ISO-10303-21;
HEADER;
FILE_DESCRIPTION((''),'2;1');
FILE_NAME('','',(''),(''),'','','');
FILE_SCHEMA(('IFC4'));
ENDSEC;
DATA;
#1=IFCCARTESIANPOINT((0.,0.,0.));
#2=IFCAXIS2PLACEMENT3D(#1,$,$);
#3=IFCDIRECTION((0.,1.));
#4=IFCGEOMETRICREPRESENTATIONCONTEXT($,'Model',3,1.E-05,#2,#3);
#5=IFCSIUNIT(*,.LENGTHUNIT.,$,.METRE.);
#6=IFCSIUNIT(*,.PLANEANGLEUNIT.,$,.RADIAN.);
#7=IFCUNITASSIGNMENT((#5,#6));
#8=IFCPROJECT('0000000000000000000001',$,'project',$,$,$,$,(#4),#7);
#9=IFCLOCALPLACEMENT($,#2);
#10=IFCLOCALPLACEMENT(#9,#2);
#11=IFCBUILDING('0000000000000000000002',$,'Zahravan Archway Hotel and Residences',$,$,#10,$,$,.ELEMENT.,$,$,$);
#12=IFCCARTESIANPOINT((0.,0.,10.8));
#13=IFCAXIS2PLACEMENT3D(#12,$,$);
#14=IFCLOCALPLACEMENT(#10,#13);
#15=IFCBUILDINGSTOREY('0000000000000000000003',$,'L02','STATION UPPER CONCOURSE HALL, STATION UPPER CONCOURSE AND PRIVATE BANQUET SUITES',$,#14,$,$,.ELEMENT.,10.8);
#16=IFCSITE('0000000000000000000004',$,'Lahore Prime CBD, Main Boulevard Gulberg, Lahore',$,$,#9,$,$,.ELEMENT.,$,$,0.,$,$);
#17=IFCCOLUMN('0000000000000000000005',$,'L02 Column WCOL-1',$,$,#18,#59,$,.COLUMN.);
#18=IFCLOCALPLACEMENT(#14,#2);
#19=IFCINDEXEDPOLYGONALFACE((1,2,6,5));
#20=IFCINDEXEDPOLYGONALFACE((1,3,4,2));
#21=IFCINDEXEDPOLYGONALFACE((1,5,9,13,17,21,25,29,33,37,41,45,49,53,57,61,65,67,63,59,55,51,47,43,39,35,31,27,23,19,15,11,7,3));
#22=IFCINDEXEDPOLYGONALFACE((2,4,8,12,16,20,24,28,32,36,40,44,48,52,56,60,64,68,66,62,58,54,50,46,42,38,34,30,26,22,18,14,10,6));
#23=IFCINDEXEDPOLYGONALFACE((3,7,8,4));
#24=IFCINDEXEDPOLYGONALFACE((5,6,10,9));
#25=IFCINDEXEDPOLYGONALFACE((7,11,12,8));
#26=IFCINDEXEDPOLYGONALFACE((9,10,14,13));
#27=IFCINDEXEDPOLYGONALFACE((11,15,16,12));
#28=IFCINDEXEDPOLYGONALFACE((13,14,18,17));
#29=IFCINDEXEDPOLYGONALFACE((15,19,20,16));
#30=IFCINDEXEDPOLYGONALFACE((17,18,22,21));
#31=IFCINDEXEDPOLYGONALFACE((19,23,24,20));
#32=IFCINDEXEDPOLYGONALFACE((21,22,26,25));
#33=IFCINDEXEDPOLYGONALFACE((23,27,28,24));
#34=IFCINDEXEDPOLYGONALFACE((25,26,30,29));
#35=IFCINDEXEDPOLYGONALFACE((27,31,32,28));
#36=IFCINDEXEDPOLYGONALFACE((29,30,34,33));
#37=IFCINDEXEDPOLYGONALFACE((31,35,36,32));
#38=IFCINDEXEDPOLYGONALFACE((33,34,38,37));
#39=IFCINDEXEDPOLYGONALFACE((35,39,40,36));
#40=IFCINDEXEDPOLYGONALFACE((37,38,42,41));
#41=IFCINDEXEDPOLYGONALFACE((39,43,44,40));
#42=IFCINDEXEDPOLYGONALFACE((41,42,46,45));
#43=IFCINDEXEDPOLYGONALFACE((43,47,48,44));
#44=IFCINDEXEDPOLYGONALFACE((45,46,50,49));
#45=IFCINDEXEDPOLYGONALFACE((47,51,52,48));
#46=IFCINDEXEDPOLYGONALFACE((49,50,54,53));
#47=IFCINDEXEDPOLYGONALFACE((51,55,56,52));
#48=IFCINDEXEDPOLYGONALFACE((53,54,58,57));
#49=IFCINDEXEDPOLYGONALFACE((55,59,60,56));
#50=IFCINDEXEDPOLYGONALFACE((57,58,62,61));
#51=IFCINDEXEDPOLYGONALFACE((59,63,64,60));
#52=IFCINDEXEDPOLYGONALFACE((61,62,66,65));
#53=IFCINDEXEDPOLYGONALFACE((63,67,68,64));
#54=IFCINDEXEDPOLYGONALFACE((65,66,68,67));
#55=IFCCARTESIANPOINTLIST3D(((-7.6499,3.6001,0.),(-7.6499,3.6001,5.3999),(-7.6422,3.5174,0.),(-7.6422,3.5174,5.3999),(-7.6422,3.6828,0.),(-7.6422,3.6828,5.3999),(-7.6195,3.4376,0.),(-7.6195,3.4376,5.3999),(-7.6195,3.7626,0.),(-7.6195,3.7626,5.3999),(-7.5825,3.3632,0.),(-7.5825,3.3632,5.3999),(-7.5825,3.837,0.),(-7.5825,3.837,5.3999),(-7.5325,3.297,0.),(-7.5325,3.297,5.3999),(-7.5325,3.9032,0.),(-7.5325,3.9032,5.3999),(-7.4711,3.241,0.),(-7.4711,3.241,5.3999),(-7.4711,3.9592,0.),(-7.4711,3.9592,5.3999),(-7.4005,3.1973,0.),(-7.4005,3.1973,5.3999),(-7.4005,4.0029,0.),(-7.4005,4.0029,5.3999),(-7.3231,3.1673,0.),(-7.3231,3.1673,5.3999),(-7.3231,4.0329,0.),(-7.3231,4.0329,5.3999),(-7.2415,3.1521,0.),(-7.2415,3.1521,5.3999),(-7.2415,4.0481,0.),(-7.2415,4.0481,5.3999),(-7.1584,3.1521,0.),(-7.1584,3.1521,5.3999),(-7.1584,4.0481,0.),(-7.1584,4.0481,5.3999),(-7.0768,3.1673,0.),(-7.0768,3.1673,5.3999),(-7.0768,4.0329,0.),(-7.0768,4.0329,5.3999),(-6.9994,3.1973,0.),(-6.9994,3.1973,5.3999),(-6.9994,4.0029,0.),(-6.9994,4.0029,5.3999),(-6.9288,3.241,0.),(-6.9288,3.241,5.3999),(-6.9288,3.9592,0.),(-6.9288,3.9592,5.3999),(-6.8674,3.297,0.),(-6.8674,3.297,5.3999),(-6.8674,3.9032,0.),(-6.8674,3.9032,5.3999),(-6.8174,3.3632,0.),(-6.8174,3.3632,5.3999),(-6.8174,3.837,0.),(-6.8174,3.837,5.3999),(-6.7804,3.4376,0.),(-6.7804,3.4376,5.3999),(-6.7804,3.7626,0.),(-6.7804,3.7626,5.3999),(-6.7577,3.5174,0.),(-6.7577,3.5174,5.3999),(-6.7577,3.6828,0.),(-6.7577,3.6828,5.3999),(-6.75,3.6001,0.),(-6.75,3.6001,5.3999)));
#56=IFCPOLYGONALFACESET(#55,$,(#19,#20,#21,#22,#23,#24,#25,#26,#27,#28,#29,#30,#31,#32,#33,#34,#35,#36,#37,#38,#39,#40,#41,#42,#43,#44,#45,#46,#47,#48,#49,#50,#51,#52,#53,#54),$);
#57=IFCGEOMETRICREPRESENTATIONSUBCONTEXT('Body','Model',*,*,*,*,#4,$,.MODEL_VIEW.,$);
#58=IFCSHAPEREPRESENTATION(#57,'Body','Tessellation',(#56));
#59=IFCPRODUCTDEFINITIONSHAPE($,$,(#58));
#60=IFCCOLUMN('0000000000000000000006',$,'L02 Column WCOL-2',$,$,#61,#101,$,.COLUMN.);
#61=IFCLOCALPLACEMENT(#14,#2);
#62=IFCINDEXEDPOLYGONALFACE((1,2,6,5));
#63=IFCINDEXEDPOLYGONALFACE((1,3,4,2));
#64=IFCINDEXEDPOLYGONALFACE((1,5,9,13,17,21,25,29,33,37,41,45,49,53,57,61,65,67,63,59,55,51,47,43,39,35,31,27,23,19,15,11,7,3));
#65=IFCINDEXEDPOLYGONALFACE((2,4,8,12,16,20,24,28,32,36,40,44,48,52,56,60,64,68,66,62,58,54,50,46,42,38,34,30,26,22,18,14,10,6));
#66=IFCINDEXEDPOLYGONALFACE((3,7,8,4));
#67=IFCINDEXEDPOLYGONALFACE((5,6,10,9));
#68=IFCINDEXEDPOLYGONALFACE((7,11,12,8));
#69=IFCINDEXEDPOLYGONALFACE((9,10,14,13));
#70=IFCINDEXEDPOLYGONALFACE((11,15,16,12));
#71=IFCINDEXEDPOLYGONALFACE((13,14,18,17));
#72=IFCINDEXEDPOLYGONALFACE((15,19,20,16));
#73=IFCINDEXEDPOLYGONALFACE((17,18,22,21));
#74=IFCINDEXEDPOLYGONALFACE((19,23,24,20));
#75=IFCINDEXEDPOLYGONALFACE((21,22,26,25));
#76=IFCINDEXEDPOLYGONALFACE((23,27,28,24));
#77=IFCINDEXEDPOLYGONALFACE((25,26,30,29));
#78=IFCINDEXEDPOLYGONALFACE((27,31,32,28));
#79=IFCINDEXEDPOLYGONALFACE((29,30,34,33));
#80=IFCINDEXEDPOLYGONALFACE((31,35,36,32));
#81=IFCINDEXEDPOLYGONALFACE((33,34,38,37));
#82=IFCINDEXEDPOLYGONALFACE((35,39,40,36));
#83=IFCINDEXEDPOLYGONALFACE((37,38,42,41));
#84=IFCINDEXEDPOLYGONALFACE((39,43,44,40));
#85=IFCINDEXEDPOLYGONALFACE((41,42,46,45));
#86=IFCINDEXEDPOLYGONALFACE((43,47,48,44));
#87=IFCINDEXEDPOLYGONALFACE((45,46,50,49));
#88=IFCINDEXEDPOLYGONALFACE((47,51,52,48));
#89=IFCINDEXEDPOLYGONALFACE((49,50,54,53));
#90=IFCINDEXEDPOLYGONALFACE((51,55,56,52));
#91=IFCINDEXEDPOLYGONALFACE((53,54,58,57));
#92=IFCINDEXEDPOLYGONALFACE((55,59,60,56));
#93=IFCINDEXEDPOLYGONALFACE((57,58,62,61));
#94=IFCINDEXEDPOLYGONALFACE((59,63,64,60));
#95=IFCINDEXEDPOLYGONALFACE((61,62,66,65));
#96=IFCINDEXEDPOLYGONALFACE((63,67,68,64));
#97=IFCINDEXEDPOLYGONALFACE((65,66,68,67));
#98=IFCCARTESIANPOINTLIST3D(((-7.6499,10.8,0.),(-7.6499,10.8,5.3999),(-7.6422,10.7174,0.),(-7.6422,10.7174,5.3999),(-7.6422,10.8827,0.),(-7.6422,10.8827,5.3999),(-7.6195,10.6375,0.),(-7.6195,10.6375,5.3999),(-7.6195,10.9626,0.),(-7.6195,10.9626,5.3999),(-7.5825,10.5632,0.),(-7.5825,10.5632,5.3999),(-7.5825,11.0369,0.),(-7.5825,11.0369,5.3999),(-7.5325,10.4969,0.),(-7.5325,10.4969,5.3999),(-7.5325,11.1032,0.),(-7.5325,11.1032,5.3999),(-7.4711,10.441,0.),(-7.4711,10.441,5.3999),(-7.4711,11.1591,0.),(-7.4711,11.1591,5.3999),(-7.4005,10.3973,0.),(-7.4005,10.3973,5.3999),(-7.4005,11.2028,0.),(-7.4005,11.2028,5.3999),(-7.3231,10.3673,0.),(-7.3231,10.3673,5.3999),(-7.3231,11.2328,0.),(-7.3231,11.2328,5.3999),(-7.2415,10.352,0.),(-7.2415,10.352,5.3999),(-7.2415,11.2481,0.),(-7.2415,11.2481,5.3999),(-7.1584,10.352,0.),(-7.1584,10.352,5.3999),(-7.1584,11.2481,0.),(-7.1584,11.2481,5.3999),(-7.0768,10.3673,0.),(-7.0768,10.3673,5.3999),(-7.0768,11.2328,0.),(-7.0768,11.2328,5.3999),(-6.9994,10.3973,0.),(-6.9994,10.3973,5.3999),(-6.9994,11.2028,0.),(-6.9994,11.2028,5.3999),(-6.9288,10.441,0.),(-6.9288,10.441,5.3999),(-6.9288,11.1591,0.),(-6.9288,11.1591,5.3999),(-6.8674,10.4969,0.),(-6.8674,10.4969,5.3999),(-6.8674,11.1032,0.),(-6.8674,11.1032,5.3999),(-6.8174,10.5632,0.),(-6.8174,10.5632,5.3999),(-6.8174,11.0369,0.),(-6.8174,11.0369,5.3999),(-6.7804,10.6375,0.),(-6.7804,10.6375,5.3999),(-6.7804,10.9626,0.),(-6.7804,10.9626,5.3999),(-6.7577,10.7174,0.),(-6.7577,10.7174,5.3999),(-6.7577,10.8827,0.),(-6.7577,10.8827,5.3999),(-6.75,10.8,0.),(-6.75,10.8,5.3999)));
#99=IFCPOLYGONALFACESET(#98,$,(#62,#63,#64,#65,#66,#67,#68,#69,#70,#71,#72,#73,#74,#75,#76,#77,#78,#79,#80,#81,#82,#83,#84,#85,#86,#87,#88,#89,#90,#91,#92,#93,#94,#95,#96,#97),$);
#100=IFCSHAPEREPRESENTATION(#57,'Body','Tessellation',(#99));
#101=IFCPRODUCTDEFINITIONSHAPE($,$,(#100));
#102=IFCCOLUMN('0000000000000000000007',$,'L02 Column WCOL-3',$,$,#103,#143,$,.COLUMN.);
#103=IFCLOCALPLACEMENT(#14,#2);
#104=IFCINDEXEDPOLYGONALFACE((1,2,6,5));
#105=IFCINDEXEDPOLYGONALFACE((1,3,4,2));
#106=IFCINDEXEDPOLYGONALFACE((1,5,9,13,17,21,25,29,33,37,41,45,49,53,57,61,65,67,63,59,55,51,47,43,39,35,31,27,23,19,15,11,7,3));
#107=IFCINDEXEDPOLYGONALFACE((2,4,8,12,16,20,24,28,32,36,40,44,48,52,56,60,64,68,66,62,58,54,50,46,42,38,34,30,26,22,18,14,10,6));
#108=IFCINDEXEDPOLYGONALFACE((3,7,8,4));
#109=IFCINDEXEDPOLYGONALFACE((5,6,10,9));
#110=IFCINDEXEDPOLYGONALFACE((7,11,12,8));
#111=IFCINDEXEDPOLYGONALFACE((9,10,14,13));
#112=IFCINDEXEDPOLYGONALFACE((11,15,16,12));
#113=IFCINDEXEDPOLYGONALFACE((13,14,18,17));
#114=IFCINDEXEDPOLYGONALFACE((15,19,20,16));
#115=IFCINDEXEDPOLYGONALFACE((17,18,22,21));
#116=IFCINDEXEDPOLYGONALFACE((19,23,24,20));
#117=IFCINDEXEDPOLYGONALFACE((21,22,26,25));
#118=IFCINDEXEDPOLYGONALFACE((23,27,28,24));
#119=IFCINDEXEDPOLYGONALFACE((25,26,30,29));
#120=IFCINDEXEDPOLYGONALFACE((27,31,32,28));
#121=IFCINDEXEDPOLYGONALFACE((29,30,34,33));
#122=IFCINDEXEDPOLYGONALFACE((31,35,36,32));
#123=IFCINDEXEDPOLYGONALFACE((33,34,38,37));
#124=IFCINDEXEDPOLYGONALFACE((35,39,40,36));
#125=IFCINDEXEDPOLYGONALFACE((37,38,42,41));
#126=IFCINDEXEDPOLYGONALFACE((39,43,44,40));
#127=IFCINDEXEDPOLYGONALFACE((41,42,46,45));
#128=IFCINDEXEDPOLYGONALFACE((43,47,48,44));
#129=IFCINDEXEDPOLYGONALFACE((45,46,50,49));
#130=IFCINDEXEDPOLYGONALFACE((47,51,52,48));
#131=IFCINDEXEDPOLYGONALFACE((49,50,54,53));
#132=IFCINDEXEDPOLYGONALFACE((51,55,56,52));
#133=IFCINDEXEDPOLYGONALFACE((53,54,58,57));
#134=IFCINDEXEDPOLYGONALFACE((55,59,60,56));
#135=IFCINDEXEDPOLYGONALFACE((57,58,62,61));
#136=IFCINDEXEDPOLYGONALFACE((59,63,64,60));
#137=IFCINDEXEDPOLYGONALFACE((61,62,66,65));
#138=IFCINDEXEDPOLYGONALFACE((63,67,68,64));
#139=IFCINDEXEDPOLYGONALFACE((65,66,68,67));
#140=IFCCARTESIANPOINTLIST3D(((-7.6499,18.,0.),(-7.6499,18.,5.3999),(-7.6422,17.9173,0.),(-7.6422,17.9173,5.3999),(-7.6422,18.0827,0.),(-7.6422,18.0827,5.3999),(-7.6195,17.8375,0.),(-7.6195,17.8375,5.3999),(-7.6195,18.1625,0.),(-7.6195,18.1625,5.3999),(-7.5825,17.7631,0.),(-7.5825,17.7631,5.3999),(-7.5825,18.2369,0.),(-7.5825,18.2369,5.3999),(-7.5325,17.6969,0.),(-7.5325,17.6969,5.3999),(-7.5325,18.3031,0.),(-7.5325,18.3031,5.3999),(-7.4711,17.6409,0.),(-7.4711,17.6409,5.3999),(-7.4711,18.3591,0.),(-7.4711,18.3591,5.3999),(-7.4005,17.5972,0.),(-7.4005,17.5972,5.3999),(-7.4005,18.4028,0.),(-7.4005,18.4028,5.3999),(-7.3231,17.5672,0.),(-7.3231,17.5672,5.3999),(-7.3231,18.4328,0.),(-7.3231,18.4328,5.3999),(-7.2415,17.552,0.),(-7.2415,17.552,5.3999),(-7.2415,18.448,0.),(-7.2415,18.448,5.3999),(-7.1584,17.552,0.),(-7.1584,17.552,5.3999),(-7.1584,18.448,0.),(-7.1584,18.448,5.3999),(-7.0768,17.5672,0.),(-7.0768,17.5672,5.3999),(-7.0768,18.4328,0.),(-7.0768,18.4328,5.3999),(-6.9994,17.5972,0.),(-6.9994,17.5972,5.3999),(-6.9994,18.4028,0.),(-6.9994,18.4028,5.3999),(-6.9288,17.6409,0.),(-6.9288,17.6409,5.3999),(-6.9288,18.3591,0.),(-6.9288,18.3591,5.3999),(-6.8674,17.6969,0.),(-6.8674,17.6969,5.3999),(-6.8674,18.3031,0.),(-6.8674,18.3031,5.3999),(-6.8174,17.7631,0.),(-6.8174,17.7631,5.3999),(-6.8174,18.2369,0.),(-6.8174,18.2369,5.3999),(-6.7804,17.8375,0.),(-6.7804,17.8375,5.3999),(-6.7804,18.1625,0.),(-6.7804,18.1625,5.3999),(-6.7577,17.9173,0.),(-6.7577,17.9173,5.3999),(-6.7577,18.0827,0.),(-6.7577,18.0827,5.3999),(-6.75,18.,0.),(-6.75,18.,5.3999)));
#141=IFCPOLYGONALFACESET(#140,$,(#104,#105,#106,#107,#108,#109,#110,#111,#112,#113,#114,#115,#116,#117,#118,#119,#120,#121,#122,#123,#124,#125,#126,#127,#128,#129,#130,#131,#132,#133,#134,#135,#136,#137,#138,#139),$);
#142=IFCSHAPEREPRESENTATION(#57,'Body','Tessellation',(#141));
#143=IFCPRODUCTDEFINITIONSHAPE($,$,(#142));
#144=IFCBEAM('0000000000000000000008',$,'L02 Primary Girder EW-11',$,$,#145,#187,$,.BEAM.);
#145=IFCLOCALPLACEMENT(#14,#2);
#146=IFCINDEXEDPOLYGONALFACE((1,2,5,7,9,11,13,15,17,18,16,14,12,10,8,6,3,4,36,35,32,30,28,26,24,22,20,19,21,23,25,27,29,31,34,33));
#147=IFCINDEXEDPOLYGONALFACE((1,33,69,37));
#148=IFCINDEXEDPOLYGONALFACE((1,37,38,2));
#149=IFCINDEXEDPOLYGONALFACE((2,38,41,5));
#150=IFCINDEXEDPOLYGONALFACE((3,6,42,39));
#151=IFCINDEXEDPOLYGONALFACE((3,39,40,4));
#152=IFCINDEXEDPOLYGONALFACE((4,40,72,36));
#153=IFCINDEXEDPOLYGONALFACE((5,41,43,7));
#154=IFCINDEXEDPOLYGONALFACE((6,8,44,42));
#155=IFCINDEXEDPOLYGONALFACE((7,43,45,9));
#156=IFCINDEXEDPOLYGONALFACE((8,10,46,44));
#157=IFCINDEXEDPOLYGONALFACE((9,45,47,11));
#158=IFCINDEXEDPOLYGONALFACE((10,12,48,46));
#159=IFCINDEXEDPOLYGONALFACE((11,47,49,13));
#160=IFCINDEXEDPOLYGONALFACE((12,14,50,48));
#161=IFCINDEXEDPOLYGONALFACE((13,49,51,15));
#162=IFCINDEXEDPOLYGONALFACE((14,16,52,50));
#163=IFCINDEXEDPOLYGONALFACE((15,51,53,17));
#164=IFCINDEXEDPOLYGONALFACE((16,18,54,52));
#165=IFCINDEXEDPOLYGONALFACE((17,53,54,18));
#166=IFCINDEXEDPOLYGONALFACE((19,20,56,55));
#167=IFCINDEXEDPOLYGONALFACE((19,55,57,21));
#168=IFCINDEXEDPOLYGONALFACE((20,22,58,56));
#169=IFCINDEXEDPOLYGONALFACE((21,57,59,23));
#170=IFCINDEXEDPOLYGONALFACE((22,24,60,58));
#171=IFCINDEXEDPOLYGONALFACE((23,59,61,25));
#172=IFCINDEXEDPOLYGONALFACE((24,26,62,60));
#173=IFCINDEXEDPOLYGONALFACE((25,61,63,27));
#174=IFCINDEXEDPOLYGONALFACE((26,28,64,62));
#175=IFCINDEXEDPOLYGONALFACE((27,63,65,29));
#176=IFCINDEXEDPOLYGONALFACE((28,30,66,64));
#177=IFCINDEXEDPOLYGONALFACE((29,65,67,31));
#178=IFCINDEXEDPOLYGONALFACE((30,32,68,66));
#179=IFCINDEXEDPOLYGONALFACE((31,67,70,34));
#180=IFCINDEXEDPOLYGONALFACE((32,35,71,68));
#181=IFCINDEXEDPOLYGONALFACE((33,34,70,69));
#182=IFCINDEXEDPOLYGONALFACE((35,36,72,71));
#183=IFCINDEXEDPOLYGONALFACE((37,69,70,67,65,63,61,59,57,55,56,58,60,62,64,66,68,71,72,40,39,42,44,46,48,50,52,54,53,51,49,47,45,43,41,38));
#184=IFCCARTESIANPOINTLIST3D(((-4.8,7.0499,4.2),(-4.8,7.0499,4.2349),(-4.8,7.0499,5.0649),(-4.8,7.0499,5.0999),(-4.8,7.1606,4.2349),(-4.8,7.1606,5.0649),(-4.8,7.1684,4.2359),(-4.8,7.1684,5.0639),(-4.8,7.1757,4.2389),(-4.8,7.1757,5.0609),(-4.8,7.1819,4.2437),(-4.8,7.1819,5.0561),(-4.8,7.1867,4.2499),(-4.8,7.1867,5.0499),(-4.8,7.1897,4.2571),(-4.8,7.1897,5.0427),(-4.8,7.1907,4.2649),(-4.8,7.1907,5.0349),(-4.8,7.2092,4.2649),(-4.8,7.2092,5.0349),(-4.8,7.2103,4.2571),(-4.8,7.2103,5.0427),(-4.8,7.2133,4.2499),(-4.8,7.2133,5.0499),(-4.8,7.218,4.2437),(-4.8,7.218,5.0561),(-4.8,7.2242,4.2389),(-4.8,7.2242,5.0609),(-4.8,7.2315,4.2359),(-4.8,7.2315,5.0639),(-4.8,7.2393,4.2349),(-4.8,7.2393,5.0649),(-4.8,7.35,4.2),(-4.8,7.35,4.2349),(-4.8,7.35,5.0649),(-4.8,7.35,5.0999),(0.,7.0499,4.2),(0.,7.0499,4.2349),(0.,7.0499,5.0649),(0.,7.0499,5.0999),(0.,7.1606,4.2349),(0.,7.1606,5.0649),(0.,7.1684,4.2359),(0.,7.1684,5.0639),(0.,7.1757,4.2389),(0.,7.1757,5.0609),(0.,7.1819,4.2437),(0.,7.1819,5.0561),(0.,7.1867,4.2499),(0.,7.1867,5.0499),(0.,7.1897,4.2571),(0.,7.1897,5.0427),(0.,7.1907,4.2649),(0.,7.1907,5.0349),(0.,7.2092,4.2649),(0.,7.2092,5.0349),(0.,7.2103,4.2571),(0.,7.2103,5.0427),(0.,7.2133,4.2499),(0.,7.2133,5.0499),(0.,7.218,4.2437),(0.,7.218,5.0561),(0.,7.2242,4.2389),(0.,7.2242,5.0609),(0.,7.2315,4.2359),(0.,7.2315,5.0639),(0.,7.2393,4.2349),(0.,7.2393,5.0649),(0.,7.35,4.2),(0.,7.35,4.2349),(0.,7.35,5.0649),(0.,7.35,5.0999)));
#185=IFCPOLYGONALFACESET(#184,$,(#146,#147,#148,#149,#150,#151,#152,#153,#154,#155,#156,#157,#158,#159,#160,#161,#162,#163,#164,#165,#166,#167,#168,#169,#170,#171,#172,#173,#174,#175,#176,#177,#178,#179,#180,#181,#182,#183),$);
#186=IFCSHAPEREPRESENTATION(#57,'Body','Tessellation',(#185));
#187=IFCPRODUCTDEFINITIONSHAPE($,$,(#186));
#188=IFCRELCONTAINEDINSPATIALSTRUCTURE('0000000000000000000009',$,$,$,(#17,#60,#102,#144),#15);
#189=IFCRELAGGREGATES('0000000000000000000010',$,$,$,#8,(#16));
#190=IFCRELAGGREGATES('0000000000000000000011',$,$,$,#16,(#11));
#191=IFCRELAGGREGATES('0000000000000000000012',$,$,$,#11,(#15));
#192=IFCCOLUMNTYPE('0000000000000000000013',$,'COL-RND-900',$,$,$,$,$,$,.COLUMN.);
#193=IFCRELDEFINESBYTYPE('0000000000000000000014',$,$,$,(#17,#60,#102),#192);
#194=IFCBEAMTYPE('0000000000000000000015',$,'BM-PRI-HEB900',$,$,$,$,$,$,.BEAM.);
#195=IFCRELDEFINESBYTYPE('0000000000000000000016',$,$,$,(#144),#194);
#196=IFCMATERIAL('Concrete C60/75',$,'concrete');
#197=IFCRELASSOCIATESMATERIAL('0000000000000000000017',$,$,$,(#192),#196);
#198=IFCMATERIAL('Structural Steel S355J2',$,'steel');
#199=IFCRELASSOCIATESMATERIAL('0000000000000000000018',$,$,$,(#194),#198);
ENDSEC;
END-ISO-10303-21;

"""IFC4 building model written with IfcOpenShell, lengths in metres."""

from ifc_helpers import new_model, si_unit, direction, frame, origin, origin_2d, place, context, subcontext, project, spatial, circle, i_section, extrude, source, transform, mapped, material, material_profile, profile_set, type_object, type_shapes, element, save


model = new_model("IFC4")

# Units and contexts
model_context = context("Model", 3, precision=1e-05, world=origin(), true_north=direction((0.0, 1.0)))
body_context = subcontext(model_context, "Body", "Model", "MODEL_VIEW")
ifc_project = project(units=[si_unit("LENGTHUNIT", "METRE"), si_unit("PLANEANGLEUNIT", "RADIAN")], contexts=[model_context])

# Site, building, storey
site_placement = place(None, origin())
site = spatial("IfcSite", under=ifc_project, at=site_placement, Name="Lahore Prime CBD, Main Boulevard Gulberg, Lahore", CompositionType="ELEMENT", RefElevation=0.0)
building_placement = place(site_placement, origin())
building = spatial("IfcBuilding", under=site, at=building_placement, Name="Zahravan Archway Hotel and Residences", CompositionType="ELEMENT")
storey_placement = place(building_placement, frame((0.0, 0.0, 10.8)))
storey = spatial("IfcBuildingStorey", under=building, at=storey_placement, Name="L02", Description="STATION UPPER CONCOURSE HALL, STATION UPPER CONCOURSE AND PRIVATE BANQUET SUITES", CompositionType="ELEMENT", Elevation=10.8)

# Columns
ifc_material_1 = material(Name="Concrete C60/75", Category="concrete")
ifc_material_profile_1 = material_profile(ifc_material_1, circle(Radius=0.45, at=origin_2d()), Name="RC-CIRC-900", Category="concrete")
ifc_profile_set_1 = profile_set([ifc_material_profile_1], Name="Concrete C60/75")
column_type_1 = type_object("IfcColumnType", Name="COL-RND-900", PredefinedType="COLUMN", material=ifc_profile_set_1)
shared_shape_1 = source(origin(), body_context, "Body", "SweptSolid", [
    extrude(circle(Radius=0.45, at=origin_2d()), origin(), (0.0, 0.0, 1.0), 5.3999),
])
type_shapes(column_type_1, [shared_shape_1])
for number, where, z_axis, x_axis, name in (
    (1, (-7.2, 3.6001, 0.0), (0.0, 0.0, 1.0), (1.0, 0.0, 0.0), "L02 Column WCOL-1"),
    (2, (-7.2, 10.8, 0.0), (0.0, 0.0, 1.0), (1.0, 0.0, 0.0), "L02 Column WCOL-2"),
    (3, (-7.2, 18.0, 0.0), (0.0, 0.0, 1.0), (1.0, 0.0, 0.0), "L02 Column WCOL-3"),
):
    element("IfcColumn", number, at=place(storey_placement, frame(where, z_axis=z_axis, x_axis=x_axis)), inside=storey, type_object=column_type_1, Name=name, PredefinedType="COLUMN", context=body_context, shape_type="MappedRepresentation", body=[
        mapped(shared_shape_1, transform((0.0, 0.0, 0.0), scale=1.0)),
    ])

# Beam
ifc_material_2 = material(Name="Structural Steel S355J2", Category="steel")
ifc_material_profile_2 = material_profile(ifc_material_2, i_section(OverallWidth=0.3, OverallDepth=0.8999, WebThickness=0.0186, FlangeThickness=0.0349, FilletRadius=0.03, at=origin_2d()), Name="HEB 900", Category="steel")
ifc_profile_set_2 = profile_set([ifc_material_profile_2], Name="Structural Steel S355J2")
beam_type_1 = type_object("IfcBeamType", Name="BM-PRI-HEB900", PredefinedType="BEAM", material=ifc_profile_set_2)
shared_shape_2 = source(origin(), body_context, "Body", "SweptSolid", [
    extrude(i_section(OverallWidth=0.3, OverallDepth=0.8999, WebThickness=0.0186, FlangeThickness=0.0349, FilletRadius=0.03, at=origin_2d()), origin(), (0.0, 0.0, 1.0), 4.8),
])
type_shapes(beam_type_1, [shared_shape_2])
for number, where, z_axis, x_axis, name in (
    (4, (-4.8, 7.2, 4.6499), (1.0, 0.0, 0.0), (0.0, 1.0, 0.0), "L02 Primary Girder EW-11"),
):
    element("IfcBeam", number, at=place(storey_placement, frame(where, z_axis=z_axis, x_axis=x_axis)), inside=storey, type_object=beam_type_1, Name=name, PredefinedType="BEAM", context=body_context, shape_type="MappedRepresentation", body=[
        mapped(shared_shape_2, transform((0.0, 0.0, 0.0), scale=1.0)),
    ])

save(model, "model.ifc")
